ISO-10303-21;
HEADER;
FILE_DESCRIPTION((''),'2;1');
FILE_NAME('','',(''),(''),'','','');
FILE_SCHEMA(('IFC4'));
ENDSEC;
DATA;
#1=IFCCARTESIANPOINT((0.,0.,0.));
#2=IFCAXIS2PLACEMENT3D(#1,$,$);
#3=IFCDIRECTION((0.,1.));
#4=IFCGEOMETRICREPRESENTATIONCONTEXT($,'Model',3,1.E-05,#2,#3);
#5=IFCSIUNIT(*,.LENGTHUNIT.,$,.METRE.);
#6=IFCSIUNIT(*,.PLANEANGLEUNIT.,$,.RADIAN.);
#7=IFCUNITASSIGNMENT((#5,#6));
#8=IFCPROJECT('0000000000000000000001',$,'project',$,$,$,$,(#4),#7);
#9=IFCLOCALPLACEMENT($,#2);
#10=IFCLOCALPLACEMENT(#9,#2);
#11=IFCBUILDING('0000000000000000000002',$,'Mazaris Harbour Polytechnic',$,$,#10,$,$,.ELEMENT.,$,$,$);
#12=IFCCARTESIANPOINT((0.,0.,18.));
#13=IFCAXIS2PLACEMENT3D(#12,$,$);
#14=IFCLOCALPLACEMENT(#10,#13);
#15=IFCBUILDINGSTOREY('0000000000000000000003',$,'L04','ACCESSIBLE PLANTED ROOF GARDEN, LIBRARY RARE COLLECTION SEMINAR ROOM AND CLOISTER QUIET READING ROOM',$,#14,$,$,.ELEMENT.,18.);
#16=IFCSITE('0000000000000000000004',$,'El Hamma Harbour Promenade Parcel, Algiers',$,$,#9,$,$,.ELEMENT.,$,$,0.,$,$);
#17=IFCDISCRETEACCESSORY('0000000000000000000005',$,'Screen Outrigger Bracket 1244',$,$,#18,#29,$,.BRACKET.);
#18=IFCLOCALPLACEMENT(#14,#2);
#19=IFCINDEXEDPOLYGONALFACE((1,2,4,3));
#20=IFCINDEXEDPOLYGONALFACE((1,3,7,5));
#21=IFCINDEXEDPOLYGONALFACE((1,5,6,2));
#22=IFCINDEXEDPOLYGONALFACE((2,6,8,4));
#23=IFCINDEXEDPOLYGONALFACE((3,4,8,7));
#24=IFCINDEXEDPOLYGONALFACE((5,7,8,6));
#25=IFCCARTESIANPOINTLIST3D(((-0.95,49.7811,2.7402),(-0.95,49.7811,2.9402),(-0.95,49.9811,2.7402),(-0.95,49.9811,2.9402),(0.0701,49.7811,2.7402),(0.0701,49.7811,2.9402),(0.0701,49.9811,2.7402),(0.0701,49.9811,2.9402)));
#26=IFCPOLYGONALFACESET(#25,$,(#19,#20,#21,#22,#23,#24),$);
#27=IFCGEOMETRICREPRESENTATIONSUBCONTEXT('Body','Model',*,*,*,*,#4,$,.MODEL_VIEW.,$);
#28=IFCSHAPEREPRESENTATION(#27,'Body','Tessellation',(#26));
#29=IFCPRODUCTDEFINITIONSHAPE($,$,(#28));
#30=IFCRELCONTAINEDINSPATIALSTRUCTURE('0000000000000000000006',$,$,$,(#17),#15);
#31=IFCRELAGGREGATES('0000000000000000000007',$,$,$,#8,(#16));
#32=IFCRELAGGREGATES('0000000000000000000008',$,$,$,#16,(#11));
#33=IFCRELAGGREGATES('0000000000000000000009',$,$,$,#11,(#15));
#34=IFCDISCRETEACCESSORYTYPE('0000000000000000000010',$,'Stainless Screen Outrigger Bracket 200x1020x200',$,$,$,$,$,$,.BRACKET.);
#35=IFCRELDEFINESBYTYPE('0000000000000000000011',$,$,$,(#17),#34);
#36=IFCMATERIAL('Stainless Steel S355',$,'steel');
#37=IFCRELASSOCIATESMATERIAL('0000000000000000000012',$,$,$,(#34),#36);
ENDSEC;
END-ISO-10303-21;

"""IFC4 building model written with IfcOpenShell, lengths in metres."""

from ifc_helpers import new_model, si_unit, direction, frame, origin, origin_2d, place, context, subcontext, project, spatial, rectangle, extrude, material, type_object, element, save


model = new_model("IFC4")

# Units and contexts
model_context = context("Model", 3, precision=1e-05, world=origin(), true_north=direction((0.0, 1.0)))
body_context = subcontext(model_context, "Body", "Model", "MODEL_VIEW")
ifc_project = project(units=[si_unit("LENGTHUNIT", "METRE"), si_unit("PLANEANGLEUNIT", "RADIAN")], contexts=[model_context])

# Site, building, storey
site_placement = place(None, origin())
site = spatial("IfcSite", under=ifc_project, at=site_placement, Name="El Hamma Harbour Promenade Parcel, Algiers", CompositionType="ELEMENT", RefElevation=0.0)
building_placement = place(site_placement, origin())
building = spatial("IfcBuilding", under=site, at=building_placement, Name="Mazaris Harbour Polytechnic", CompositionType="ELEMENT")
storey_placement = place(building_placement, frame((0.0, 0.0, 18.0)))
storey = spatial("IfcBuildingStorey", under=building, at=storey_placement, Name="L04", Description="ACCESSIBLE PLANTED ROOF GARDEN, LIBRARY RARE COLLECTION SEMINAR ROOM AND CLOISTER QUIET READING ROOM", CompositionType="ELEMENT", Elevation=18.0)

# Discrete accessory
ifc_material_1 = material(Name="Stainless Steel S355", Category="steel")
discrete_accessory_type = type_object("IfcDiscreteAccessoryType", Name="Stainless Screen Outrigger Bracket 200x1020x200", PredefinedType="BRACKET", material=ifc_material_1)
for number, where, z_axis, x_axis, name in (
    (1, (-0.4399, 49.8811, 2.7402), (0.0, 0.0, 1.0), (0.0, 1.0, 0.0), "Screen Outrigger Bracket 1244"),
):
    element("IfcDiscreteAccessory", number, at=place(storey_placement, frame(where, z_axis=z_axis, x_axis=x_axis)), inside=storey, type_object=discrete_accessory_type, Name=name, PredefinedType="BRACKET", context=body_context, shape_type="SweptSolid", body=[
        extrude(rectangle(XDim=0.2, YDim=1.02, at=origin_2d()), origin(), (0.0, 0.0, 1.0), 0.2),
    ])

save(model, "model.ifc")
